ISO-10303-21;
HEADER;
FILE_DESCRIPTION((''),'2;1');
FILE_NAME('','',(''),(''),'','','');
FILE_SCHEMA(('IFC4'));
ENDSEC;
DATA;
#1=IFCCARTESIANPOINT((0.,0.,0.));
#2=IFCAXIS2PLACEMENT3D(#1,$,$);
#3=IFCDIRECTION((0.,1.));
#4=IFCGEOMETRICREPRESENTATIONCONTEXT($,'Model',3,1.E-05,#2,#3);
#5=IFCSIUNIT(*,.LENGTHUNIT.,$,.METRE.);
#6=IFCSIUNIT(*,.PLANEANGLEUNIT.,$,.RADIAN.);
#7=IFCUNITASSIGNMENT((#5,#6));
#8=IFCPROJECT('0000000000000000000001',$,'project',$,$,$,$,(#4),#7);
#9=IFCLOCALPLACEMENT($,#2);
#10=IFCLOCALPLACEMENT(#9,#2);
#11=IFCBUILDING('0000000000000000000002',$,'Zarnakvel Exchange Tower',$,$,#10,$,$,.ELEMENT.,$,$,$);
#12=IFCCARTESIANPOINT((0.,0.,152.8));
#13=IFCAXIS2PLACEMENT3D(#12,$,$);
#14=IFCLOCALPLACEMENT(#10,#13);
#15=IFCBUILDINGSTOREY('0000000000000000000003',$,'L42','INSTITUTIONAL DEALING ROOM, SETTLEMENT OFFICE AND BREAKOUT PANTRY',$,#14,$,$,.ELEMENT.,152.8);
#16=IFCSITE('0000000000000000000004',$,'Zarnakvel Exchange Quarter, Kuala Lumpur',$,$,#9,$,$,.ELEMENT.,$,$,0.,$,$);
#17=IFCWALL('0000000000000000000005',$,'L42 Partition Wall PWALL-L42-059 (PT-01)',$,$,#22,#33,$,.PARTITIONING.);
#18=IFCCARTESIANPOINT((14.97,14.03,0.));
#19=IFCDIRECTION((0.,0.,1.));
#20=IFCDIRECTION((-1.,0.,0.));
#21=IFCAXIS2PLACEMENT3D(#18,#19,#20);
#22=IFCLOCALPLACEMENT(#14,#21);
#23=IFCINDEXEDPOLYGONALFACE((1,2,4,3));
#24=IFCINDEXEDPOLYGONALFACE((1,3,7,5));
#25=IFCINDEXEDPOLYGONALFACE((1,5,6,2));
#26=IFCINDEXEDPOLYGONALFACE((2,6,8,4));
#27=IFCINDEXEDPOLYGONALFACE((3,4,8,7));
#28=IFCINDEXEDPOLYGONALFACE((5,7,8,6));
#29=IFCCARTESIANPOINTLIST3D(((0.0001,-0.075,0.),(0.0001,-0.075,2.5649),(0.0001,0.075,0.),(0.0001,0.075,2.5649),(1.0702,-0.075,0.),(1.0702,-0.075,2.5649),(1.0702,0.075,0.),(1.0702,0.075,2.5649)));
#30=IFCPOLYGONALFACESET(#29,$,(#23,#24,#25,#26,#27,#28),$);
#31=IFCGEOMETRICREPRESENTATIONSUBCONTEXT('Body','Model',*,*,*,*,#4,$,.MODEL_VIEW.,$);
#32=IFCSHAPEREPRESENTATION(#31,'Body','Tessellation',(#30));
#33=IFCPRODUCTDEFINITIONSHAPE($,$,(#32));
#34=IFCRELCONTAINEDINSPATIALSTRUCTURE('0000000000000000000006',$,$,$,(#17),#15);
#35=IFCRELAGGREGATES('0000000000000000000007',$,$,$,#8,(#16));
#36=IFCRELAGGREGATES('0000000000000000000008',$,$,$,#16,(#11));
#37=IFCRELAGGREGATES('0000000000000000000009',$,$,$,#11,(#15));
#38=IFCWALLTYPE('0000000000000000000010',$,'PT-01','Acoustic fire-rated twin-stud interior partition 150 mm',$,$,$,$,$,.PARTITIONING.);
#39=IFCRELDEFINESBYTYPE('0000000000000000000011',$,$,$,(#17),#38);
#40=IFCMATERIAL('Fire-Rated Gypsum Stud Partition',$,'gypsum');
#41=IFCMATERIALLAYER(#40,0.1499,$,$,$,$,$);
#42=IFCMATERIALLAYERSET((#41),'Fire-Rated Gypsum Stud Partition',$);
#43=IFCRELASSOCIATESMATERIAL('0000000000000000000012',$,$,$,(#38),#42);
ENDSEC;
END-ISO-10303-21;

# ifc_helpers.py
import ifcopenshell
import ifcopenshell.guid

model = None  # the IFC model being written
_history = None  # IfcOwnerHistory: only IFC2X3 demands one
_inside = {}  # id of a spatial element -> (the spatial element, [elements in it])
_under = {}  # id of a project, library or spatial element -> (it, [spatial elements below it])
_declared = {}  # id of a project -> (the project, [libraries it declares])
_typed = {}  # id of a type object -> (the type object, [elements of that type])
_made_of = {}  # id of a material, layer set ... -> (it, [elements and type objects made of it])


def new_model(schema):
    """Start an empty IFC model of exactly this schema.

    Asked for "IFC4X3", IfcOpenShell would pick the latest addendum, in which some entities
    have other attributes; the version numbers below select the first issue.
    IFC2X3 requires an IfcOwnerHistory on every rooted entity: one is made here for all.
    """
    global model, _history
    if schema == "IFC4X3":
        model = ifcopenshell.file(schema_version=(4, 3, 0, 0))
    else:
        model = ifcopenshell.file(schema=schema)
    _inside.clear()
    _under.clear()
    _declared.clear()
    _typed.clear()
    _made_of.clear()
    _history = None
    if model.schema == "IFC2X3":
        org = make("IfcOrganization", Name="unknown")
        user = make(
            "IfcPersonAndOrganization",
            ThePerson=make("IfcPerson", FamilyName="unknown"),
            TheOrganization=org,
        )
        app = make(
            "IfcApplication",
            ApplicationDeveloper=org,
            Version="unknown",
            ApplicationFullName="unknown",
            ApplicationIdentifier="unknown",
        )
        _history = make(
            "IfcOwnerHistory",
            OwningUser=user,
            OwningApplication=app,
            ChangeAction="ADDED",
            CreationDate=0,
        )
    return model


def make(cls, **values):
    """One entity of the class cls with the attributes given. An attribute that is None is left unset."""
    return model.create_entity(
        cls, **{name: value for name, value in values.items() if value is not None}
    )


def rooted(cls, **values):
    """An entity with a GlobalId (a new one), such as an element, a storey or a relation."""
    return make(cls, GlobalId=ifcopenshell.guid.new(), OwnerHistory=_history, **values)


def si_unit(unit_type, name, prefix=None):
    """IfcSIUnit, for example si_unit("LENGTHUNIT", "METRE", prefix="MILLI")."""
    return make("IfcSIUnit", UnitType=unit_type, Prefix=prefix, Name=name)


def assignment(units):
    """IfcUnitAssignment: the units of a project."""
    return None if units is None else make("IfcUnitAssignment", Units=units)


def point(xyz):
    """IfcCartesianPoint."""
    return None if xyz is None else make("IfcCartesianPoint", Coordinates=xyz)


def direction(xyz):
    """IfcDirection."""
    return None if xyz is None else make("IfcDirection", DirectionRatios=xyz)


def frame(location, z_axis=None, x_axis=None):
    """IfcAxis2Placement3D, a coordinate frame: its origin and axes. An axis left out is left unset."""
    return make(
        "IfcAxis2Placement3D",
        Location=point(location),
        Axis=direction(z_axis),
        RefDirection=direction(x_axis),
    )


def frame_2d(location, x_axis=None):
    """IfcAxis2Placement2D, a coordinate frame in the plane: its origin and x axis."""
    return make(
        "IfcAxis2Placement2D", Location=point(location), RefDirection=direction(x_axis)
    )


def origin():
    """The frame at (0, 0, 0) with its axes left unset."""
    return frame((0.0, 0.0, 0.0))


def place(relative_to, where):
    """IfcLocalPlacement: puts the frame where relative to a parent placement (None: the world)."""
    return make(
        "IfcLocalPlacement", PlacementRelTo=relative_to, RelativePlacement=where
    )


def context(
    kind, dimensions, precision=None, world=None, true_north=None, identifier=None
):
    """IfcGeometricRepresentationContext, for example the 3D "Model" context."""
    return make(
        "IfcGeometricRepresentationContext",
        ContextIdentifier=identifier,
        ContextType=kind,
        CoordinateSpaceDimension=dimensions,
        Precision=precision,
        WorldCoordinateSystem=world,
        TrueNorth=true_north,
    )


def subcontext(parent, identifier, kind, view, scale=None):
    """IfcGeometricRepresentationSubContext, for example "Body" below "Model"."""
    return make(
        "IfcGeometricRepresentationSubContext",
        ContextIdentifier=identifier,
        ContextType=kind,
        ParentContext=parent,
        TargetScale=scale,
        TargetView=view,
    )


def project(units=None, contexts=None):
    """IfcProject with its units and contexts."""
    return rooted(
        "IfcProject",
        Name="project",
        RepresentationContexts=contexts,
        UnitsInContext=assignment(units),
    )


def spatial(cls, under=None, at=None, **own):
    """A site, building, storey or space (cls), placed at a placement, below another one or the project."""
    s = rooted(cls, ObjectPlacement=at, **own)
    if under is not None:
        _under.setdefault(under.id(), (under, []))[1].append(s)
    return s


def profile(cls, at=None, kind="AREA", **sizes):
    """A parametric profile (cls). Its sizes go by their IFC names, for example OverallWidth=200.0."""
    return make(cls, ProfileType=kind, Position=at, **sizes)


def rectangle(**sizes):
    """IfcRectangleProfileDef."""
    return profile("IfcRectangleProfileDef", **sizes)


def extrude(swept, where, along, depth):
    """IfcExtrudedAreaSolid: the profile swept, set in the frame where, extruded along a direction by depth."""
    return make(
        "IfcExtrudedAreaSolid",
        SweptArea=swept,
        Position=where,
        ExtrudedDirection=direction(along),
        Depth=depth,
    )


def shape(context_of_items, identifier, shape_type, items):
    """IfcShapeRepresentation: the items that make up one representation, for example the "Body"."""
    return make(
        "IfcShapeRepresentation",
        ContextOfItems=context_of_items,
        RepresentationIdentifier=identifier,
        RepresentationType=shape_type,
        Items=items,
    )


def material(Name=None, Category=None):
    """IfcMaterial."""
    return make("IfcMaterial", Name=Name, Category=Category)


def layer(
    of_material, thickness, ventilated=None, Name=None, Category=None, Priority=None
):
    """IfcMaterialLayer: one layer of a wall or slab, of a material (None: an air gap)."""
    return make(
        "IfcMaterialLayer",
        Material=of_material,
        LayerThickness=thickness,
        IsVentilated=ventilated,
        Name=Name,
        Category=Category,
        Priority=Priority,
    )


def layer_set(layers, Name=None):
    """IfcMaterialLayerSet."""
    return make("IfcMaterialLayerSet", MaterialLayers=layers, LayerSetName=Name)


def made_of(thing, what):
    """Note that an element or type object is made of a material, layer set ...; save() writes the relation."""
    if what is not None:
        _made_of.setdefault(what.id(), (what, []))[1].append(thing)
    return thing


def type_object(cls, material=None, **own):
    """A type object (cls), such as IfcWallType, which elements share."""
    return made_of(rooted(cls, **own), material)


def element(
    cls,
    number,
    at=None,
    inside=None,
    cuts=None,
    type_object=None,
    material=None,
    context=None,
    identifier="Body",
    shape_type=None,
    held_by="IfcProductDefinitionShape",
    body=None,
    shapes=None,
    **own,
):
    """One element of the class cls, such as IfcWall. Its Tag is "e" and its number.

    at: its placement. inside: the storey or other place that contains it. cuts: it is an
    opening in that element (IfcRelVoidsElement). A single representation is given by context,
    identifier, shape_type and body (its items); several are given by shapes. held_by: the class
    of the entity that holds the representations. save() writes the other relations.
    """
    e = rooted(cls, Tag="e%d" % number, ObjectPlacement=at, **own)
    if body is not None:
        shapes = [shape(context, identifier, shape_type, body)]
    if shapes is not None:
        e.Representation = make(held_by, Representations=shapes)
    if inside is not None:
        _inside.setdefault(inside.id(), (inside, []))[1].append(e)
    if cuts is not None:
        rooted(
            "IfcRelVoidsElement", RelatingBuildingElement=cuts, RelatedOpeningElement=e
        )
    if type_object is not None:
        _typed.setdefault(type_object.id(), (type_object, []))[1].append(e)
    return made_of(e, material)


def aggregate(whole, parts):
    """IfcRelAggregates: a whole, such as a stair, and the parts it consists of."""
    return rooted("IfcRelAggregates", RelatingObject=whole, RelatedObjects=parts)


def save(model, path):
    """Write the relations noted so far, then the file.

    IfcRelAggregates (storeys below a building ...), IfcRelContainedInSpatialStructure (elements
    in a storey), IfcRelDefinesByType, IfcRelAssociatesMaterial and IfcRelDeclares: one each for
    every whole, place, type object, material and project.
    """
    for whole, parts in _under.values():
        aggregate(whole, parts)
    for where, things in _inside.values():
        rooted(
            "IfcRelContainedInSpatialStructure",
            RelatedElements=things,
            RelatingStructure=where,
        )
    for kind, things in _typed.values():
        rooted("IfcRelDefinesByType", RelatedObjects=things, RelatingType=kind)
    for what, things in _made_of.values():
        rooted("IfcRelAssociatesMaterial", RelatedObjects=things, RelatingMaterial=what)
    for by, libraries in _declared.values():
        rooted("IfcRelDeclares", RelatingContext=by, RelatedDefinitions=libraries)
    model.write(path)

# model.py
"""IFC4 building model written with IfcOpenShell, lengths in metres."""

from ifc_helpers import new_model, si_unit, direction, frame, frame_2d, origin, place, context, subcontext, project, spatial, rectangle, extrude, material, layer, layer_set, type_object, element, save


model = new_model("IFC4")

# Units and contexts
model_context = context("Model", 3, precision=1e-05, world=origin(), true_north=direction((0.0, 1.0)))
body_context = subcontext(model_context, "Body", "Model", "MODEL_VIEW")
ifc_project = project(units=[si_unit("LENGTHUNIT", "METRE"), si_unit("PLANEANGLEUNIT", "RADIAN")], contexts=[model_context])

# Site, building, storey
site_placement = place(None, origin())
site = spatial("IfcSite", under=ifc_project, at=site_placement, Name="Zarnakvel Exchange Quarter, Kuala Lumpur", CompositionType="ELEMENT", RefElevation=0.0)
building_placement = place(site_placement, origin())
building = spatial("IfcBuilding", under=site, at=building_placement, Name="Zarnakvel Exchange Tower", CompositionType="ELEMENT")
storey_placement = place(building_placement, frame((0.0, 0.0, 152.8)))
storey = spatial("IfcBuildingStorey", under=building, at=storey_placement, Name="L42", Description="INSTITUTIONAL DEALING ROOM, SETTLEMENT OFFICE AND BREAKOUT PANTRY", CompositionType="ELEMENT", Elevation=152.8)

# Wall
ifc_material_1 = material(Name="Fire-Rated Gypsum Stud Partition", Category="gypsum")
ifc_layer_1 = layer(ifc_material_1, 0.1499)
ifc_layer_set_1 = layer_set([ifc_layer_1], Name="Fire-Rated Gypsum Stud Partition")
wall_type_1 = type_object("IfcWallType", Name="PT-01", Description="Acoustic fire-rated twin-stud interior partition 150 mm", PredefinedType="PARTITIONING", material=ifc_layer_set_1)
wall_1_placement = place(storey_placement, frame((14.97, 14.03, 0.0), z_axis=(0.0, 0.0, 1.0), x_axis=(-1.0, 0.0, 0.0)))
element("IfcWall", 1, at=wall_1_placement, inside=storey, type_object=wall_type_1, Name="L42 Partition Wall PWALL-L42-059 (PT-01)", PredefinedType="PARTITIONING", context=body_context, shape_type="SweptSolid", body=[
    extrude(rectangle(XDim=1.0701, YDim=0.1499, at=frame_2d((0.5352, 0.0))), origin(), (0.0, 0.0, 1.0), 2.5649),
])

save(model, "model.ifc")
